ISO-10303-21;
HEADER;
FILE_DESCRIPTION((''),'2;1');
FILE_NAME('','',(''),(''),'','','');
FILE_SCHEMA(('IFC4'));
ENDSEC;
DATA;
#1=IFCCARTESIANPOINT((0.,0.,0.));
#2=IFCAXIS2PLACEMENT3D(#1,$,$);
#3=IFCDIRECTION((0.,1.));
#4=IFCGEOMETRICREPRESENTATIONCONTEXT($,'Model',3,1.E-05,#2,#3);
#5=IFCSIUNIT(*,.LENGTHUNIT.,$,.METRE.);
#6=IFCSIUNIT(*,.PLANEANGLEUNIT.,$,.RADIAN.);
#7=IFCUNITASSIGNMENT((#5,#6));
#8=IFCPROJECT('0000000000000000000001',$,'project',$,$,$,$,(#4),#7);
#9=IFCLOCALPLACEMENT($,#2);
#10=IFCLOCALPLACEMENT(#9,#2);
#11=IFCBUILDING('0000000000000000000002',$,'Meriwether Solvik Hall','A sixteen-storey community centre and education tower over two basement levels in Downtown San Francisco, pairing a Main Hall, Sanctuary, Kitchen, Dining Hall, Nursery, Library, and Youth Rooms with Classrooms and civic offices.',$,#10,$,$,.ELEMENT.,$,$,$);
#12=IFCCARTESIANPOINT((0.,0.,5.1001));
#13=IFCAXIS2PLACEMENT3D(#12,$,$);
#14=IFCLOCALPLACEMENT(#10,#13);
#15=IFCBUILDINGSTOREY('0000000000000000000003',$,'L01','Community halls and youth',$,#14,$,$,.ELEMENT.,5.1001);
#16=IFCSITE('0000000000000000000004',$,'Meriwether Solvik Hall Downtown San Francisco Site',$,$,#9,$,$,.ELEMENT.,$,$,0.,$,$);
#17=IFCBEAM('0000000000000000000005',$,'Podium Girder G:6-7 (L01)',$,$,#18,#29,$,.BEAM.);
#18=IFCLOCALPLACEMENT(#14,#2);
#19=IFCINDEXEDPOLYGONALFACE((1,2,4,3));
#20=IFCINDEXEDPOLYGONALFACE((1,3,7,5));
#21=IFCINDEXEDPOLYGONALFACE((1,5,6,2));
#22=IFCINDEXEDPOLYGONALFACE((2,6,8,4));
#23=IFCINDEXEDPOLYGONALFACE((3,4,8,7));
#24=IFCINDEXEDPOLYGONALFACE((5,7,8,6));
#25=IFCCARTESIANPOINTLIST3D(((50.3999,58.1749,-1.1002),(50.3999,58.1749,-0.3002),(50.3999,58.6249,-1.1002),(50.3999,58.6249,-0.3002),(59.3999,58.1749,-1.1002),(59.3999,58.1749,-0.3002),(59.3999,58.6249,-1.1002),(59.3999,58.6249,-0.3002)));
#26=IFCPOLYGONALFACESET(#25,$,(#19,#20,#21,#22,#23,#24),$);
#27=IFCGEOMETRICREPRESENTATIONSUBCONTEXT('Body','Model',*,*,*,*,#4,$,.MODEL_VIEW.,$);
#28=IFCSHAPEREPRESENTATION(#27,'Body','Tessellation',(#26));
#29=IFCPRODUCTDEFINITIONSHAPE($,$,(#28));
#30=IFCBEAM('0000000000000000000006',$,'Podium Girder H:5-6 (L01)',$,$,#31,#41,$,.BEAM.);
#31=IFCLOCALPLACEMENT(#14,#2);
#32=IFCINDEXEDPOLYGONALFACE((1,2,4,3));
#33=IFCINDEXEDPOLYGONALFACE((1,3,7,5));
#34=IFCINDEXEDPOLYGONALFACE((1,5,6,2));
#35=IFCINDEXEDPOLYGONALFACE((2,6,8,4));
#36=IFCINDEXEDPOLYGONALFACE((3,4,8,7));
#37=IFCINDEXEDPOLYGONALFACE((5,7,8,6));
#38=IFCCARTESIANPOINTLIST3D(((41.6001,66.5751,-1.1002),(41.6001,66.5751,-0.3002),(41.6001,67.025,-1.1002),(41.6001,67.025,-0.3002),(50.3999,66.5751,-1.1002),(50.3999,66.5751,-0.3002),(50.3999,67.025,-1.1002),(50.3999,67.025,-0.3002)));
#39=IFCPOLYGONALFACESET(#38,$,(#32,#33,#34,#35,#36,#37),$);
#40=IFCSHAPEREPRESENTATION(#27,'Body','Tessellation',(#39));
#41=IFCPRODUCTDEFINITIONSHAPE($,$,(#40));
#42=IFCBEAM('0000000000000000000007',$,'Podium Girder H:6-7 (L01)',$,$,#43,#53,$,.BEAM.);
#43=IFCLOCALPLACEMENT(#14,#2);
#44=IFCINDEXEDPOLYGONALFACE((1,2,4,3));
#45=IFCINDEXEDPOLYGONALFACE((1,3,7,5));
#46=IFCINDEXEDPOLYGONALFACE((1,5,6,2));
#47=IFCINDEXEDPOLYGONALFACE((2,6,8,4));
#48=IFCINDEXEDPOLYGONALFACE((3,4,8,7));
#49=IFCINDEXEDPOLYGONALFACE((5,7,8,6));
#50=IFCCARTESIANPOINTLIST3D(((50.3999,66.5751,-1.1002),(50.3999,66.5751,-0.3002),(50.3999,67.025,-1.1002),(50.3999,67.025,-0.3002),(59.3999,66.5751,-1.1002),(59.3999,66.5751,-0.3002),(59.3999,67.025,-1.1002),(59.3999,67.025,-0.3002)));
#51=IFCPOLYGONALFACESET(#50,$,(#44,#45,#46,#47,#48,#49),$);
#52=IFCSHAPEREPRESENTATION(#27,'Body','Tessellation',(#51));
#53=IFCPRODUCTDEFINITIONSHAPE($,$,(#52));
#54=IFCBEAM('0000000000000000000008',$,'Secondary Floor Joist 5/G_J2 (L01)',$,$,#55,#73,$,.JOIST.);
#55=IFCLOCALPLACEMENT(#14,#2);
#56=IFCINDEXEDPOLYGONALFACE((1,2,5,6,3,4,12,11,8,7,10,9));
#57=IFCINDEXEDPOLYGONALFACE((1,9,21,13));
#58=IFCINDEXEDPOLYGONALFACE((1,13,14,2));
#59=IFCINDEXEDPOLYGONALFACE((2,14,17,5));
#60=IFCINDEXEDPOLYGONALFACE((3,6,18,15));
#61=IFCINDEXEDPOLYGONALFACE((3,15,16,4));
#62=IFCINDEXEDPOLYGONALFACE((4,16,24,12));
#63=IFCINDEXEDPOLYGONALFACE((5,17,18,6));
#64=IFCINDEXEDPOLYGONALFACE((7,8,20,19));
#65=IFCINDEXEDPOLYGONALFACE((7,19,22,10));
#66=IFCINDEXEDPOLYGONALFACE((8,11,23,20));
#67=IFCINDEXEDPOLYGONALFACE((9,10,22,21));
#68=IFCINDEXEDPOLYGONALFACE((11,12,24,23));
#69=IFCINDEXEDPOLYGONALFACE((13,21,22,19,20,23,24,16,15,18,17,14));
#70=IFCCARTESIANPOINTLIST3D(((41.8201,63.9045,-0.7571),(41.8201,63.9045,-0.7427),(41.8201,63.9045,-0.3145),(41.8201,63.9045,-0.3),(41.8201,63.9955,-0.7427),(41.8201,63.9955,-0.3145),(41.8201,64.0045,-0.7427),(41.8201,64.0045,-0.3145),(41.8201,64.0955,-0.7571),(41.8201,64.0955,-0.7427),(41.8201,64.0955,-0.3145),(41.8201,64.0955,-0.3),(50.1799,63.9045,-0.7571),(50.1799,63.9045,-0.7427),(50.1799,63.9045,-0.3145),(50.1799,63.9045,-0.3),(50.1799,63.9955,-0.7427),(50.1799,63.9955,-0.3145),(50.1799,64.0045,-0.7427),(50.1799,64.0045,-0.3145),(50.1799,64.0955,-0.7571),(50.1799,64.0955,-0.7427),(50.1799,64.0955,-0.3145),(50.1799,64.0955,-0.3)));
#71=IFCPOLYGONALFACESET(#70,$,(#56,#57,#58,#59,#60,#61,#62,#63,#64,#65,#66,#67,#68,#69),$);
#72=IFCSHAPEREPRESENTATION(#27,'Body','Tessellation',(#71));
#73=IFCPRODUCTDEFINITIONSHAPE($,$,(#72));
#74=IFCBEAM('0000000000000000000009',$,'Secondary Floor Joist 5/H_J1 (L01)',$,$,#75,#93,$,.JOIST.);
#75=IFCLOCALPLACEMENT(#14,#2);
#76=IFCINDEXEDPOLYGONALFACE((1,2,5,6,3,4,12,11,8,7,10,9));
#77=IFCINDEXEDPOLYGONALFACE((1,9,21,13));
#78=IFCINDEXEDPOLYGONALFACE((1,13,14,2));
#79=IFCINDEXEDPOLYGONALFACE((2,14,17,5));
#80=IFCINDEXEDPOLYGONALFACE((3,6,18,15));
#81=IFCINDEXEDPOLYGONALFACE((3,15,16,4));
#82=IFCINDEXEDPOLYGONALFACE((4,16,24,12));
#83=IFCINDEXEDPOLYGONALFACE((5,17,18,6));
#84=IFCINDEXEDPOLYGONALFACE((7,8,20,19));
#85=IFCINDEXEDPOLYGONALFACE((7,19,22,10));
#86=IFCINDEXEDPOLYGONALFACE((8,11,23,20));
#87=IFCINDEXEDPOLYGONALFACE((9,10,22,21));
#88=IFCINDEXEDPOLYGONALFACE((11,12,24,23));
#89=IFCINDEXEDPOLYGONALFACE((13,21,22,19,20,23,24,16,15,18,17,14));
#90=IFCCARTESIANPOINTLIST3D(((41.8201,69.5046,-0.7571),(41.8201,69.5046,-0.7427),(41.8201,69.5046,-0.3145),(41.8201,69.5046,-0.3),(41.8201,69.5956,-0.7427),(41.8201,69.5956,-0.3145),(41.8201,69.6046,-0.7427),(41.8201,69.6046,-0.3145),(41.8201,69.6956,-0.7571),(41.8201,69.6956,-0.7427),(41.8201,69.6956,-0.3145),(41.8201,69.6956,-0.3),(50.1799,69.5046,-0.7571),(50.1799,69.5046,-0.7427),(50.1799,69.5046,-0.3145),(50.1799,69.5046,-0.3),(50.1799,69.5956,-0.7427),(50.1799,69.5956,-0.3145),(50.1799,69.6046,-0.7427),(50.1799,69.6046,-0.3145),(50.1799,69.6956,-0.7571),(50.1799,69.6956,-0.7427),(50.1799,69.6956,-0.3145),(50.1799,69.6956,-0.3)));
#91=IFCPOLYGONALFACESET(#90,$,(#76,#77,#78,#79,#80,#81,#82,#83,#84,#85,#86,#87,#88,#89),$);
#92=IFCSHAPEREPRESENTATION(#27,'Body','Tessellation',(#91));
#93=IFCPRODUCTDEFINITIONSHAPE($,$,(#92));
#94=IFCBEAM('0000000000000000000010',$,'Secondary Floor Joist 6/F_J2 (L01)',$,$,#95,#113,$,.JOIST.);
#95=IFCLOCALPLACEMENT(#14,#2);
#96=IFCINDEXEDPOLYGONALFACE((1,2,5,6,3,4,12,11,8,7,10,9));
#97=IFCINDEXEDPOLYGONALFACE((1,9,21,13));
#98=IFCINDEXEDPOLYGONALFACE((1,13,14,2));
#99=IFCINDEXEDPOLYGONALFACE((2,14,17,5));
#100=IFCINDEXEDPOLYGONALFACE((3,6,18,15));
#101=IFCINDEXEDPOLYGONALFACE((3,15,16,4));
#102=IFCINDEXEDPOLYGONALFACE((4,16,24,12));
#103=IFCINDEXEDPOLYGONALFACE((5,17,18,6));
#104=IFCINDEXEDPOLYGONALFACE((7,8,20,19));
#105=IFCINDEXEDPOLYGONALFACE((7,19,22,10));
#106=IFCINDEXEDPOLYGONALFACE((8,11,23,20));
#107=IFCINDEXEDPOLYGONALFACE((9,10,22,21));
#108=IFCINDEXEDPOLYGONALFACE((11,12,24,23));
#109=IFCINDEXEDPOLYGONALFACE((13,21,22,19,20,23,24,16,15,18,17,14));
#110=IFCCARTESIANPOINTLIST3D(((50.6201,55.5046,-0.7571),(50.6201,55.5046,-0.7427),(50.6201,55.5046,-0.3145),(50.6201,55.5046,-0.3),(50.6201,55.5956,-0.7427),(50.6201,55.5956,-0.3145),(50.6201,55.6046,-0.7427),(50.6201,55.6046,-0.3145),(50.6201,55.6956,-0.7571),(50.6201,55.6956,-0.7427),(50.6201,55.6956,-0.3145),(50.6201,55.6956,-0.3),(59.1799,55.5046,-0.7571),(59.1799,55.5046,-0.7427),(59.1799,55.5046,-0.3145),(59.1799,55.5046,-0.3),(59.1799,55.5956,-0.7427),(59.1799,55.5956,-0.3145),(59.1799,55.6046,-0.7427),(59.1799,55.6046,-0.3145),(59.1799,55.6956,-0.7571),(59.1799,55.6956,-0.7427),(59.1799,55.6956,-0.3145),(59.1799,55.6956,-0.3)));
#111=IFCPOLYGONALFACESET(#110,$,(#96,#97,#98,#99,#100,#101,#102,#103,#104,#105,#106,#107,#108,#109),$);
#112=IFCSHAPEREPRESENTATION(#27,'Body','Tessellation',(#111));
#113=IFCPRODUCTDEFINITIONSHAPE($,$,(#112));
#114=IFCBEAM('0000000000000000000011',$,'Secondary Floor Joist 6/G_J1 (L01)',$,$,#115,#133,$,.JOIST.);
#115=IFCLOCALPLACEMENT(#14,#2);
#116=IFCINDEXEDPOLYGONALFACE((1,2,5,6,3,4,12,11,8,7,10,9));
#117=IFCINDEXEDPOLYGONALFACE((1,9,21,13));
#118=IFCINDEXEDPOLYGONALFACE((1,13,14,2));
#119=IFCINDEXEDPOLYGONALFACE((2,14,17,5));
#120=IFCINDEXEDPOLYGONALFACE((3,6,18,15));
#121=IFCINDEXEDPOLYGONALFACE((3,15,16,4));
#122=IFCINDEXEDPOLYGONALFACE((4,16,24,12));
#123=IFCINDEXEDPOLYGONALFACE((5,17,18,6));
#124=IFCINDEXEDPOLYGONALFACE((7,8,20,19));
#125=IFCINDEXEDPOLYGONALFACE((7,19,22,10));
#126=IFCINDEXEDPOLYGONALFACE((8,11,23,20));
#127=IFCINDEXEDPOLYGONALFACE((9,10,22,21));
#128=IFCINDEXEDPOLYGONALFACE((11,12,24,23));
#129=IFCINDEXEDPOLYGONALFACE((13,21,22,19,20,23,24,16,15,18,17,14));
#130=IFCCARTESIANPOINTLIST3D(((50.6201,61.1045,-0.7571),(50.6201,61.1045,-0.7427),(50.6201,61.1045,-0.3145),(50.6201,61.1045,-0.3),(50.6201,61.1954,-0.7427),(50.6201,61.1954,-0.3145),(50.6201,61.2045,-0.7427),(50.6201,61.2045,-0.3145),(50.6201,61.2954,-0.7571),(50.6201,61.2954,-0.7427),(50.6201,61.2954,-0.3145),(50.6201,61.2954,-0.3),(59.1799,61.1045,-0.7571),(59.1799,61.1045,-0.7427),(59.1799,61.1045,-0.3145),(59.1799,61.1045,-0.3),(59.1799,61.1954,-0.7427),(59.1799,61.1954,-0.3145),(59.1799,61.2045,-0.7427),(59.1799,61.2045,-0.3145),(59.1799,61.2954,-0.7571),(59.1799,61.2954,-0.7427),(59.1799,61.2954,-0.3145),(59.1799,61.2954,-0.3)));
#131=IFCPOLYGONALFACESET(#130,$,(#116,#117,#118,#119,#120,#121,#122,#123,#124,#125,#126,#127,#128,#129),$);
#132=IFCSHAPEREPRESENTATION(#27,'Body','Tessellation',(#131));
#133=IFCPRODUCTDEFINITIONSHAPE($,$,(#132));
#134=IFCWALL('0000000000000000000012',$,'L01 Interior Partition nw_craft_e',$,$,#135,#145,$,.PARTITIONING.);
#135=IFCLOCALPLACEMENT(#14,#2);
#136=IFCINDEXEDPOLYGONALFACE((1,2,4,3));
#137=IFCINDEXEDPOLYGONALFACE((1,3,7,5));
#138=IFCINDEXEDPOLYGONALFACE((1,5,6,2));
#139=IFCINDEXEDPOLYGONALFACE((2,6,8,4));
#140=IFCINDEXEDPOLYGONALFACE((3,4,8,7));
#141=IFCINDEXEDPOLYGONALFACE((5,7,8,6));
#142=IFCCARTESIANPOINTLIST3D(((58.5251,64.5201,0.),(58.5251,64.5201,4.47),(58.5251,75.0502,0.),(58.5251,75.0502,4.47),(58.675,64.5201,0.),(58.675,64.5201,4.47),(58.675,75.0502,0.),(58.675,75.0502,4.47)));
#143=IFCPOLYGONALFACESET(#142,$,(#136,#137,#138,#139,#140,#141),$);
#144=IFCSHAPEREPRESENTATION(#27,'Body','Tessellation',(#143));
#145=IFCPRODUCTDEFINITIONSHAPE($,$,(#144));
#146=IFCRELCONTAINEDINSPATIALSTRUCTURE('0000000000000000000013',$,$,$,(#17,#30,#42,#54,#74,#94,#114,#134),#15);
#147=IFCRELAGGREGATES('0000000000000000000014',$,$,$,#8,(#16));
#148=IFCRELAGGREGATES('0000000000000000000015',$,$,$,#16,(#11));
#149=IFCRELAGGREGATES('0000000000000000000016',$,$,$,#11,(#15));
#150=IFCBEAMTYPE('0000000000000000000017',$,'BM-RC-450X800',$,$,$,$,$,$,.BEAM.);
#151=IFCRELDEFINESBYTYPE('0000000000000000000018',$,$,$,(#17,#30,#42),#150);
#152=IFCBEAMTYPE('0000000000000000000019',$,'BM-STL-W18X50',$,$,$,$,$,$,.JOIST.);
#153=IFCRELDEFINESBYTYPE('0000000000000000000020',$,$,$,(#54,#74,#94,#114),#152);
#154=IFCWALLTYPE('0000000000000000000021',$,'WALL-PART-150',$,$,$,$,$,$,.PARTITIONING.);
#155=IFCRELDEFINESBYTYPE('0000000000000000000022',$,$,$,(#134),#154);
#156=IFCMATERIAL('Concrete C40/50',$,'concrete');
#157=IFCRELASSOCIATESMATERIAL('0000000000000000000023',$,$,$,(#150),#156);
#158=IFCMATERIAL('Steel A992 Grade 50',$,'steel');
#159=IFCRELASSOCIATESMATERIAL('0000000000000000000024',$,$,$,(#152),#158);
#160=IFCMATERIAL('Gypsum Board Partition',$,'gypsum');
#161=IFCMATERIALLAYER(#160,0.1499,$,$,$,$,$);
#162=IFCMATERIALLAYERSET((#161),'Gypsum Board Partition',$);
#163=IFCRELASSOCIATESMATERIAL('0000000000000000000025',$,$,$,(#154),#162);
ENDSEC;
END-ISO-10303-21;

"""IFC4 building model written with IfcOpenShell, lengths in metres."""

from ifc_helpers import new_model, si_unit, direction, frame, frame_2d, origin, origin_2d, place, context, subcontext, project, spatial, rectangle, i_section, extrude, material, layer, layer_set, material_profile, profile_set, type_object, element, save


model = new_model("IFC4")

# Units and contexts
model_context = context("Model", 3, precision=1e-05, world=origin(), true_north=direction((0.0, 1.0)))
body_context = subcontext(model_context, "Body", "Model", "MODEL_VIEW")
ifc_project = project(units=[si_unit("LENGTHUNIT", "METRE"), si_unit("PLANEANGLEUNIT", "RADIAN")], contexts=[model_context])

# Site, building, storey
site_placement = place(None, origin())
site = spatial("IfcSite", under=ifc_project, at=site_placement, Name="Meriwether Solvik Hall Downtown San Francisco Site", CompositionType="ELEMENT", RefElevation=0.0)
building_placement = place(site_placement, origin())
building = spatial("IfcBuilding", under=site, at=building_placement, Name="Meriwether Solvik Hall", Description="A sixteen-storey community centre and education tower over two basement levels in Downtown San Francisco, pairing a Main Hall, Sanctuary, Kitchen, Dining Hall, Nursery, Library, and Youth Rooms with Classrooms and civic offices.", CompositionType="ELEMENT")
storey_placement = place(building_placement, frame((0.0, 0.0, 5.1001)))
storey = spatial("IfcBuildingStorey", under=building, at=storey_placement, Name="L01", Description="Community halls and youth", CompositionType="ELEMENT", Elevation=5.1001)

# Beams
ifc_material_1 = material(Name="Concrete C40/50", Category="concrete")
ifc_material_profile_1 = material_profile(ifc_material_1, rectangle(XDim=0.45, YDim=0.8, at=origin_2d()), Name="RCB-450X800")
ifc_profile_set_1 = profile_set([ifc_material_profile_1], Name="Concrete C40/50")
beam_type_1 = type_object("IfcBeamType", Name="BM-RC-450X800", PredefinedType="BEAM", material=ifc_profile_set_1)
beam_1_placement = place(storey_placement, frame((50.3999, 58.3999, -0.7002), z_axis=(1.0, 0.0, 0.0), x_axis=(0.0, 1.0, 0.0)))
element("IfcBeam", 1, at=beam_1_placement, inside=storey, type_object=beam_type_1, Name="Podium Girder G:6-7 (L01)", PredefinedType="BEAM", context=body_context, shape_type="SweptSolid", body=[
    extrude(rectangle(XDim=0.45, YDim=0.8, at=origin_2d()), origin(), (0.0, 0.0, 1.0), 9.0),
])
beam_2_placement = place(storey_placement, frame((41.6001, 66.8, -0.7002), z_axis=(1.0, 0.0, 0.0), x_axis=(0.0, 1.0, 0.0)))
element("IfcBeam", 2, at=beam_2_placement, inside=storey, type_object=beam_type_1, Name="Podium Girder H:5-6 (L01)", PredefinedType="BEAM", context=body_context, shape_type="SweptSolid", body=[
    extrude(rectangle(XDim=0.45, YDim=0.8, at=origin_2d()), origin(), (0.0, 0.0, 1.0), 8.7998),
])
beam_3_placement = place(storey_placement, frame((50.3999, 66.8, -0.7002), z_axis=(1.0, 0.0, 0.0), x_axis=(0.0, 1.0, 0.0)))
element("IfcBeam", 3, at=beam_3_placement, inside=storey, type_object=beam_type_1, Name="Podium Girder H:6-7 (L01)", PredefinedType="BEAM", context=body_context, shape_type="SweptSolid", body=[
    extrude(rectangle(XDim=0.45, YDim=0.8, at=origin_2d()), origin(), (0.0, 0.0, 1.0), 9.0),
])
ifc_material_2 = material(Name="Steel A992 Grade 50", Category="steel")
ifc_material_profile_2 = material_profile(ifc_material_2, i_section(OverallWidth=0.1909, OverallDepth=0.457, WebThickness=0.009, FlangeThickness=0.0144, at=origin_2d()), Name="W18X50")
ifc_profile_set_2 = profile_set([ifc_material_profile_2], Name="Steel A992 Grade 50")
beam_type_2 = type_object("IfcBeamType", Name="BM-STL-W18X50", PredefinedType="JOIST", material=ifc_profile_set_2)
for number, where, z_axis, x_axis, name in (
    (4, (41.8201, 64.0, -0.5286), (1.0, 0.0, 0.0), (0.0, 1.0, 0.0), "Secondary Floor Joist 5/G_J2 (L01)"),
    (5, (41.8201, 69.6001, -0.5286), (1.0, 0.0, 0.0), (0.0, 1.0, 0.0), "Secondary Floor Joist 5/H_J1 (L01)"),
):
    element("IfcBeam", number, at=place(storey_placement, frame(where, z_axis=z_axis, x_axis=x_axis)), inside=storey, type_object=beam_type_2, Name=name, PredefinedType="JOIST", context=body_context, shape_type="SweptSolid", body=[
        extrude(i_section(OverallWidth=0.1909, OverallDepth=0.457, WebThickness=0.009, FlangeThickness=0.0144, at=origin_2d()), origin(), (0.0, 0.0, 1.0), 8.3599),
    ])
for number, where, z_axis, x_axis, name in (
    (6, (50.6201, 55.6001, -0.5286), (1.0, 0.0, 0.0), (0.0, 1.0, 0.0), "Secondary Floor Joist 6/F_J2 (L01)"),
    (7, (50.6201, 61.2, -0.5286), (1.0, 0.0, 0.0), (0.0, 1.0, 0.0), "Secondary Floor Joist 6/G_J1 (L01)"),
):
    element("IfcBeam", number, at=place(storey_placement, frame(where, z_axis=z_axis, x_axis=x_axis)), inside=storey, type_object=beam_type_2, Name=name, PredefinedType="JOIST", context=body_context, shape_type="SweptSolid", body=[
        extrude(i_section(OverallWidth=0.1909, OverallDepth=0.457, WebThickness=0.009, FlangeThickness=0.0144, at=origin_2d()), origin(), (0.0, 0.0, 1.0), 8.5598),
    ])

# Wall
ifc_material_3 = material(Name="Gypsum Board Partition", Category="gypsum")
ifc_layer = layer(ifc_material_3, 0.1499)
ifc_layer_set = layer_set([ifc_layer], Name="Gypsum Board Partition")
wall_type = type_object("IfcWallType", Name="WALL-PART-150", PredefinedType="PARTITIONING", material=ifc_layer_set)
wall_placement = place(storey_placement, frame((58.6001, 64.52, 0.0), z_axis=(0.0, 0.0, 1.0), x_axis=(0.0, 1.0, 0.0)))
element("IfcWall", 8, at=wall_placement, inside=storey, type_object=wall_type, Name="L01 Interior Partition nw_craft_e", PredefinedType="PARTITIONING", context=body_context, shape_type="SweptSolid", body=[
    extrude(rectangle(XDim=10.53, YDim=0.1499, at=frame_2d((5.2651, 0.0))), origin(), (0.0, 0.0, 1.0), 4.47),
])

save(model, "model.ifc")
